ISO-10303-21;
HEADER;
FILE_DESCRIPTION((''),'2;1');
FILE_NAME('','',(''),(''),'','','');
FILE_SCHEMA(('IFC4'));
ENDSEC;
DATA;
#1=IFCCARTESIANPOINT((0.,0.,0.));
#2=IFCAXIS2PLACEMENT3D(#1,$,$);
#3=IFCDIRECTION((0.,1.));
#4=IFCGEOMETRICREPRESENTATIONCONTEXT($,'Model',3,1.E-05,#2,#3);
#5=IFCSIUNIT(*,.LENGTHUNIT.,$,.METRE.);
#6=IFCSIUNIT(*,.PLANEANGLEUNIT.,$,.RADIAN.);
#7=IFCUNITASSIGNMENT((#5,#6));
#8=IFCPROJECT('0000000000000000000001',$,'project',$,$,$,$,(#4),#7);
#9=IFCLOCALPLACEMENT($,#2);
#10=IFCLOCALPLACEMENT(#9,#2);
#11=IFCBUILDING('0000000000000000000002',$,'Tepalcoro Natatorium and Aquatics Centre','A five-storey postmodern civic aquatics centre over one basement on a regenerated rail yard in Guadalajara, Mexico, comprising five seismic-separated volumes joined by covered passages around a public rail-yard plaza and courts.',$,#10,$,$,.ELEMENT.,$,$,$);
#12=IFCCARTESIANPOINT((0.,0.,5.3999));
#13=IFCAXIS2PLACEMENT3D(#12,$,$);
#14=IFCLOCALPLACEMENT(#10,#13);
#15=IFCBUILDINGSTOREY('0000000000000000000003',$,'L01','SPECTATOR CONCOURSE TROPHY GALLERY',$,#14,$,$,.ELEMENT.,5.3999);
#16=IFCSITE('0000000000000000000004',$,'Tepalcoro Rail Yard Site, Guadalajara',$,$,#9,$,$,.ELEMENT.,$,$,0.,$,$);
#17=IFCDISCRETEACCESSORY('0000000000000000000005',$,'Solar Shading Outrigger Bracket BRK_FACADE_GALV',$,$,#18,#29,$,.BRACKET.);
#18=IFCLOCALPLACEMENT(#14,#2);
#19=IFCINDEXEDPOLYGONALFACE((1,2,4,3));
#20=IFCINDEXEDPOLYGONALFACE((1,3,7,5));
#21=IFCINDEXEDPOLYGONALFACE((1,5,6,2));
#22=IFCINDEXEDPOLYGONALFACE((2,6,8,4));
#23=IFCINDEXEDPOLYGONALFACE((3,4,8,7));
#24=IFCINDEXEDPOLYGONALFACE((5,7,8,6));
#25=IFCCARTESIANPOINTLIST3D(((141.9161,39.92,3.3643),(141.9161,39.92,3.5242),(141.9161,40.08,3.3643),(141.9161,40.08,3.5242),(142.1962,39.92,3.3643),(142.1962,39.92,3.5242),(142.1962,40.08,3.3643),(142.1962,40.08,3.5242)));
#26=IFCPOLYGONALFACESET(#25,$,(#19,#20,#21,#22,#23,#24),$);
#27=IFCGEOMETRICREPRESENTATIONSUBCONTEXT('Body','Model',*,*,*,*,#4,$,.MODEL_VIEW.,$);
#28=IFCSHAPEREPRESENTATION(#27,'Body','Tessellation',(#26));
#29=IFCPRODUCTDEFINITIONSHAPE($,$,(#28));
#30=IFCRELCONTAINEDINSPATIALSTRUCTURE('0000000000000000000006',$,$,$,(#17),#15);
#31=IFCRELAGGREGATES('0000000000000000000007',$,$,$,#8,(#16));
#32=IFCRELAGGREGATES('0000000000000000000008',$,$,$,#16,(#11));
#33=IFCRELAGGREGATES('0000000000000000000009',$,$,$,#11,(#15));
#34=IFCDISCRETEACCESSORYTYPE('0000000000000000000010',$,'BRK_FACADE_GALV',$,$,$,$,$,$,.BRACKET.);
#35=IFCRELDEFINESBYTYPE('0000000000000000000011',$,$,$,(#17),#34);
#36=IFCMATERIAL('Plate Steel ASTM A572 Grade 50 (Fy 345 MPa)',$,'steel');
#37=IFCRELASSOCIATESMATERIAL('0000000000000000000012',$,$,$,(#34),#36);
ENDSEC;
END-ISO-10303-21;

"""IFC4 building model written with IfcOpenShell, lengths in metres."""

from ifc_helpers import new_model, si_unit, direction, frame, origin, origin_2d, place, context, subcontext, project, spatial, rectangle, extrude, material, type_object, element, save


model = new_model("IFC4")

# Units and contexts
model_context = context("Model", 3, precision=1e-05, world=origin(), true_north=direction((0.0, 1.0)))
body_context = subcontext(model_context, "Body", "Model", "MODEL_VIEW")
ifc_project = project(units=[si_unit("LENGTHUNIT", "METRE"), si_unit("PLANEANGLEUNIT", "RADIAN")], contexts=[model_context])

# Site, building, storey
site_placement = place(None, origin())
site = spatial("IfcSite", under=ifc_project, at=site_placement, Name="Tepalcoro Rail Yard Site, Guadalajara", CompositionType="ELEMENT", RefElevation=0.0)
building_placement = place(site_placement, origin())
building = spatial("IfcBuilding", under=site, at=building_placement, Name="Tepalcoro Natatorium and Aquatics Centre", Description="A five-storey postmodern civic aquatics centre over one basement on a regenerated rail yard in Guadalajara, Mexico, comprising five seismic-separated volumes joined by covered passages around a public rail-yard plaza and courts.", CompositionType="ELEMENT")
storey_placement = place(building_placement, frame((0.0, 0.0, 5.3999)))
storey = spatial("IfcBuildingStorey", under=building, at=storey_placement, Name="L01", Description="SPECTATOR CONCOURSE TROPHY GALLERY", CompositionType="ELEMENT", Elevation=5.3999)

# Discrete accessory
ifc_material_1 = material(Name="Plate Steel ASTM A572 Grade 50 (Fy 345 MPa)", Category="steel")
discrete_accessory_type = type_object("IfcDiscreteAccessoryType", Name="BRK_FACADE_GALV", PredefinedType="BRACKET", material=ifc_material_1)
discrete_accessory_placement = place(storey_placement, frame((142.0562, 40.0, 3.3643), z_axis=(0.0, 0.0, 1.0), x_axis=(1.0, 0.0, 0.0)))
element("IfcDiscreteAccessory", 1, at=discrete_accessory_placement, inside=storey, type_object=discrete_accessory_type, Name="Solar Shading Outrigger Bracket BRK_FACADE_GALV", PredefinedType="BRACKET", context=body_context, shape_type="SweptSolid", body=[
    extrude(rectangle(XDim=0.28, YDim=0.1599, at=origin_2d()), origin(), (0.0, 0.0, 1.0), 0.1599),
])

save(model, "model.ifc")
